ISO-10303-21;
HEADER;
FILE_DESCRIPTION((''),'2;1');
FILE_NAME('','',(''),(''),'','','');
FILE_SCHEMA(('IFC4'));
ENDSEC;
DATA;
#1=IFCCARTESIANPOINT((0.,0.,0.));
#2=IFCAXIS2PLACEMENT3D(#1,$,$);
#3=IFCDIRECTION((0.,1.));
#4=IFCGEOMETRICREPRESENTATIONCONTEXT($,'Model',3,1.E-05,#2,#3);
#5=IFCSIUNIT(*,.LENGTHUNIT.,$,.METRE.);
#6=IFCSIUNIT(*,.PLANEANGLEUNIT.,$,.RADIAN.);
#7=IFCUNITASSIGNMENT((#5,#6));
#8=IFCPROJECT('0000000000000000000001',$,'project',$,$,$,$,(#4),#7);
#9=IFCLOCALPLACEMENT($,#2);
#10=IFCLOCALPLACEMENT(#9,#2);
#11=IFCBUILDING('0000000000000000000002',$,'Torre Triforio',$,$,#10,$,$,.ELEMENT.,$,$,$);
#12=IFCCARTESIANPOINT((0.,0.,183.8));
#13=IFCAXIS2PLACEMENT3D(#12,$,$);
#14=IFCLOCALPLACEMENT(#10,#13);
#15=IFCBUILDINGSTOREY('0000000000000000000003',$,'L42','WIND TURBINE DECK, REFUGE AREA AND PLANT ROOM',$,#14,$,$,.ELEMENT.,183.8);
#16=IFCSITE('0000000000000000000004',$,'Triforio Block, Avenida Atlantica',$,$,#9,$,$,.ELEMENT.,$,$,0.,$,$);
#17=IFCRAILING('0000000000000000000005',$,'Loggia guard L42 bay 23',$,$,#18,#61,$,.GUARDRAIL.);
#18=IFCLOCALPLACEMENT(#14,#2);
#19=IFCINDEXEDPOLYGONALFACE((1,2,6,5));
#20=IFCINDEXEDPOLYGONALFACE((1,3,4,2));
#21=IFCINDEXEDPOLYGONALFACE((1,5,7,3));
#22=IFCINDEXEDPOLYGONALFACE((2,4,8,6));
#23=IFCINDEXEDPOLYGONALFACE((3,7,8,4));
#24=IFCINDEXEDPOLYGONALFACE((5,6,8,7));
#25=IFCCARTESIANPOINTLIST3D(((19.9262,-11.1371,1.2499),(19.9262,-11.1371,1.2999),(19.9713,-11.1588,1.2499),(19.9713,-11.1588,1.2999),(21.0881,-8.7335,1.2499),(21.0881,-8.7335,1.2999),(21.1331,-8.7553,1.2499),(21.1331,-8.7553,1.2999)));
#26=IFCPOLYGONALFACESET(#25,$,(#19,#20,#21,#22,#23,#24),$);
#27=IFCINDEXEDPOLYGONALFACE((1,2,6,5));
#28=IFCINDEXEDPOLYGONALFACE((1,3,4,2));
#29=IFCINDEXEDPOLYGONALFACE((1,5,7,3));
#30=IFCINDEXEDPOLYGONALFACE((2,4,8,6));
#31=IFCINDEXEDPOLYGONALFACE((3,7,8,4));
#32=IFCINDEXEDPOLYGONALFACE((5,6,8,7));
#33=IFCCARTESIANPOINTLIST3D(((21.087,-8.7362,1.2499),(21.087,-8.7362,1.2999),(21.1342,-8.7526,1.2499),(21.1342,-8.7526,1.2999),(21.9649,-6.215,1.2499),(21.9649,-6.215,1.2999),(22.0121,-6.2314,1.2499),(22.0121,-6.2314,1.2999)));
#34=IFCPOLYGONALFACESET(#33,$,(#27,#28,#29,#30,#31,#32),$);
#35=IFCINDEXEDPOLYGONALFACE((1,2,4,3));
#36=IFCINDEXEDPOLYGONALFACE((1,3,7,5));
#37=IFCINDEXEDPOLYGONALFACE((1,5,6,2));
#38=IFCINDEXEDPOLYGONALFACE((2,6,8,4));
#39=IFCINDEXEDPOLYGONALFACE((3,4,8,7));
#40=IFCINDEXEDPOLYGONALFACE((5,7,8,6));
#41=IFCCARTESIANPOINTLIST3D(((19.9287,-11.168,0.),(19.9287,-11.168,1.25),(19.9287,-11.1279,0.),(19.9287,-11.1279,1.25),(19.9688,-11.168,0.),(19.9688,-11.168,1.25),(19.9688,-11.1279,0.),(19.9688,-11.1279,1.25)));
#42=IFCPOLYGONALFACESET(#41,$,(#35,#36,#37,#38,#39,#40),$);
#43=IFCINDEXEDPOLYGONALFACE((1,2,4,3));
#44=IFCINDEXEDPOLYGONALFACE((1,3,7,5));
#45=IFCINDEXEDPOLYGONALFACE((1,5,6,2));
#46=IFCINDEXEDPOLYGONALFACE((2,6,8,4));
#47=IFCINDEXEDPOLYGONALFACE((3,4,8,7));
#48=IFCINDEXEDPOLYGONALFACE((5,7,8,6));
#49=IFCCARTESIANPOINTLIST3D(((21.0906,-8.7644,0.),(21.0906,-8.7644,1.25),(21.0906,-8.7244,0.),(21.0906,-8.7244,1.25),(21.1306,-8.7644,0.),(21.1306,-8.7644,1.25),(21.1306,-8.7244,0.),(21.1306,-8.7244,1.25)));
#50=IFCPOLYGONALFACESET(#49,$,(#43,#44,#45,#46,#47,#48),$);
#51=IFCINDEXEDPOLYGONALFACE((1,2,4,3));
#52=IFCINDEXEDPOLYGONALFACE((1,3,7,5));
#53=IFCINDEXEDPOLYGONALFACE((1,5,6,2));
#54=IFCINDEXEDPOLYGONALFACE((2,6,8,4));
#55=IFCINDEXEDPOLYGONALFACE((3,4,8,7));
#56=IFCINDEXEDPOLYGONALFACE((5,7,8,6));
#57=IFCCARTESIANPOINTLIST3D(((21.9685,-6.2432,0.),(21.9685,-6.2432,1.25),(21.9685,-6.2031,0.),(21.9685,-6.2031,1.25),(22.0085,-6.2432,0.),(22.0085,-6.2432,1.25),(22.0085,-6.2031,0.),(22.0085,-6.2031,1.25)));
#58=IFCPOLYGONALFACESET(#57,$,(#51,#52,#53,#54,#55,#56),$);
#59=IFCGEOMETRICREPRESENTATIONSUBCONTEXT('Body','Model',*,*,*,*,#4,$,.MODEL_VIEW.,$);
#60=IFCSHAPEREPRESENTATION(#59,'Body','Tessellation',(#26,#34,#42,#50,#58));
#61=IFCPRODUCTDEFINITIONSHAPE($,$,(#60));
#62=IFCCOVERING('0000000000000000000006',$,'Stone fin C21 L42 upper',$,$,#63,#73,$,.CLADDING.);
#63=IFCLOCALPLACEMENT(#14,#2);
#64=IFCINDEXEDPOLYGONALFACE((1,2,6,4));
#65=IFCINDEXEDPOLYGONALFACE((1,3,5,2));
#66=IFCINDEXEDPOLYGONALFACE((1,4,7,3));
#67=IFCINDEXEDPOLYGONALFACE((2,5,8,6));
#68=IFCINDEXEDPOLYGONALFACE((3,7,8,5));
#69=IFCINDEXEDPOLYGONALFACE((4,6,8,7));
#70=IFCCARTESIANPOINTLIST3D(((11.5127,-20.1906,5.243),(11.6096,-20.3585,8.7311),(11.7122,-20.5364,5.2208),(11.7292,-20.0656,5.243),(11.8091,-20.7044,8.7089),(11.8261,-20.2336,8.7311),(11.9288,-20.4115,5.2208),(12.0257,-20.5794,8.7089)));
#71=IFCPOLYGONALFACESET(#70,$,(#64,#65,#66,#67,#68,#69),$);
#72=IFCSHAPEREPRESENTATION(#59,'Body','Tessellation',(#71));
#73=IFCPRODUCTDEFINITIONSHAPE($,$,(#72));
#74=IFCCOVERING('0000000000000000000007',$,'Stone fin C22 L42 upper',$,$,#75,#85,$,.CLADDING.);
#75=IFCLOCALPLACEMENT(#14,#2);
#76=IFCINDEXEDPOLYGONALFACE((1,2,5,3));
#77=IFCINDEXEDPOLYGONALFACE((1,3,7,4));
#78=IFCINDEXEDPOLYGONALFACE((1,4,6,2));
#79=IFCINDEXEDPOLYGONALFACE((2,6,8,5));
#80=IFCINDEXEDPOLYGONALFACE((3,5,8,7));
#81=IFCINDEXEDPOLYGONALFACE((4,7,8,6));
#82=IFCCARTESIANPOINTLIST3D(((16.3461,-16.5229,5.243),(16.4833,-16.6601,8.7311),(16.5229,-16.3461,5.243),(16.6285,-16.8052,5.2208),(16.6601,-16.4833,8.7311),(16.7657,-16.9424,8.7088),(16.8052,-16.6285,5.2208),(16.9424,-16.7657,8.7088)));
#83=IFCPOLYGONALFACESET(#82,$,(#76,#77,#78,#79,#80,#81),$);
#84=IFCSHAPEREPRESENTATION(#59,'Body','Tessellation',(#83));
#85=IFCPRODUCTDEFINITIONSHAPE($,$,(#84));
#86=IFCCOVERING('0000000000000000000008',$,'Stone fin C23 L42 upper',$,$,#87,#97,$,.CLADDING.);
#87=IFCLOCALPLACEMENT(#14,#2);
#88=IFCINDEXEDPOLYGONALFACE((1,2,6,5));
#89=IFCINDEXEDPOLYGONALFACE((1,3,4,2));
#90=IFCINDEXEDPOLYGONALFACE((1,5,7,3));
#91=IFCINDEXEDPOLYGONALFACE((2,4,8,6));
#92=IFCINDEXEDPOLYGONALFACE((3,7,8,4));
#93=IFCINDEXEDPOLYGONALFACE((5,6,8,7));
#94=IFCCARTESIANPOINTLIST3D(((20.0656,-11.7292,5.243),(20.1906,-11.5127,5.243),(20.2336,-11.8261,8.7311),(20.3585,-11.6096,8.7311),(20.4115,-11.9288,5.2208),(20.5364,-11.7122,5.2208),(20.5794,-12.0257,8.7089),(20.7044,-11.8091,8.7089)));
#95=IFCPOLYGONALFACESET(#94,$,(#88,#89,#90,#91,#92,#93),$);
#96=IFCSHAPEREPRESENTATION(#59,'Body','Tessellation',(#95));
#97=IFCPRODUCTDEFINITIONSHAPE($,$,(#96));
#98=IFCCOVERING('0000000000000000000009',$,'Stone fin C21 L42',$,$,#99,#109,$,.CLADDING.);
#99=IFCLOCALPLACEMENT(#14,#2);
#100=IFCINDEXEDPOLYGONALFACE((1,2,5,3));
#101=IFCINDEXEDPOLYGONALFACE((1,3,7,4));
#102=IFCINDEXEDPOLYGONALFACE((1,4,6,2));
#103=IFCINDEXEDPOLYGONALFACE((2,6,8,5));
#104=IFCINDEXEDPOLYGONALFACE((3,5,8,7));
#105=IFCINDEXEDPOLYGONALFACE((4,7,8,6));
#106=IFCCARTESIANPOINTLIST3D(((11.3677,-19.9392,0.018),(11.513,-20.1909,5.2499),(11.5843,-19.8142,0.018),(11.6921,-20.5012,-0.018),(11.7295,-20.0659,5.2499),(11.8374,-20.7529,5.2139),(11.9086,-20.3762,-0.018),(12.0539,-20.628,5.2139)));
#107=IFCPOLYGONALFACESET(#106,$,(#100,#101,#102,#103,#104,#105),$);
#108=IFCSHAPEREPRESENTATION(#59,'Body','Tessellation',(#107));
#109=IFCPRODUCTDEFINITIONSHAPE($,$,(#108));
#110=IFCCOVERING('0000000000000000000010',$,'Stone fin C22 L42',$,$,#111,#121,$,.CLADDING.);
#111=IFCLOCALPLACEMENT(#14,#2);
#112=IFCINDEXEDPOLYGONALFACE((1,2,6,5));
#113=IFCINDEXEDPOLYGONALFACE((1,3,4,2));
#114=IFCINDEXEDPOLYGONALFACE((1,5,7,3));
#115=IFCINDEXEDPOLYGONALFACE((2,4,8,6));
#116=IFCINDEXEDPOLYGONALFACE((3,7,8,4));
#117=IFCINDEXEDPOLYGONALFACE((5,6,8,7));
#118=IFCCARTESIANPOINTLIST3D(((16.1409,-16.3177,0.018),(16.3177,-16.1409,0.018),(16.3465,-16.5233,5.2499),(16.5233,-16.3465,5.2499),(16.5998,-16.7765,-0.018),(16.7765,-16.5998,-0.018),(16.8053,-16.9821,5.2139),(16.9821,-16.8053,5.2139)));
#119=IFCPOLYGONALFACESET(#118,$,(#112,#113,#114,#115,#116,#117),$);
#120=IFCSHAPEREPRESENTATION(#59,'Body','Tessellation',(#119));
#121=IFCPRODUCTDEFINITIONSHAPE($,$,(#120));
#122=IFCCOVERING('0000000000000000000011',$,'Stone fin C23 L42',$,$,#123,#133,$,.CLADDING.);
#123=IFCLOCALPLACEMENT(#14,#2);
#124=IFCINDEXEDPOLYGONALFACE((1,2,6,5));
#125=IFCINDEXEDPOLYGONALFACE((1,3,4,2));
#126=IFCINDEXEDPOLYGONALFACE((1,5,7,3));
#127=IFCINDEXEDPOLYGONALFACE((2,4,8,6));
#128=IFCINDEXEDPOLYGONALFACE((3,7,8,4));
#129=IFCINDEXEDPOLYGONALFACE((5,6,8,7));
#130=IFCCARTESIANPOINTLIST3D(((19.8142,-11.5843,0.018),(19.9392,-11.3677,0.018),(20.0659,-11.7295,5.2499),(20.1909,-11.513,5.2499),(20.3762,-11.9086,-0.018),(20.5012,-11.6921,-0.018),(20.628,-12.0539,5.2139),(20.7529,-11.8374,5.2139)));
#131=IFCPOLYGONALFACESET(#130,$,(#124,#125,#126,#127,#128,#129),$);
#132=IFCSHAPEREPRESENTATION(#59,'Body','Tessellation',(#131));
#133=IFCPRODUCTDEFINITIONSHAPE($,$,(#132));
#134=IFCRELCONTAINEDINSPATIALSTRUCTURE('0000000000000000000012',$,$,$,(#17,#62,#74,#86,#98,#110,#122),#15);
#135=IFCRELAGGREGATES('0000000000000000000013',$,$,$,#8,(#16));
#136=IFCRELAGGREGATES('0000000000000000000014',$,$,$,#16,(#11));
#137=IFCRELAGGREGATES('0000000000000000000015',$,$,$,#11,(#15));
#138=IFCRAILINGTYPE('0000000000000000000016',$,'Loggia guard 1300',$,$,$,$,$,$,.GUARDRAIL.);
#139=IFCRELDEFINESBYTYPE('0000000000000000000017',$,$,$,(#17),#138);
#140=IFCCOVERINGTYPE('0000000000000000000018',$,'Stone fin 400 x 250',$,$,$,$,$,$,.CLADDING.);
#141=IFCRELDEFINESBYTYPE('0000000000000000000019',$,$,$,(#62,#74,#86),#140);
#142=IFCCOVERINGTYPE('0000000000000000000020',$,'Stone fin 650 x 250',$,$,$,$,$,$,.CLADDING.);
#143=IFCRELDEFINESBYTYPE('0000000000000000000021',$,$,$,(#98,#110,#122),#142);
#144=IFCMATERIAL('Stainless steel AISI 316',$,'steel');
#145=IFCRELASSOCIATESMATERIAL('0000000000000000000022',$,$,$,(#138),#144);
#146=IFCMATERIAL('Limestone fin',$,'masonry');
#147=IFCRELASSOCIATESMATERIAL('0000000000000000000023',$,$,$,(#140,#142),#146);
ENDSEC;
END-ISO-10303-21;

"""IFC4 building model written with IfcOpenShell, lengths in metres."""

from ifc_helpers import new_model, si_unit, direction, frame, origin, origin_2d, place, context, subcontext, project, spatial, rectangle, extrude, material, material_profile, profile_set, type_object, element, save


model = new_model("IFC4")

# Units and contexts
model_context = context("Model", 3, precision=1e-05, world=origin(), true_north=direction((0.0, 1.0)))
body_context = subcontext(model_context, "Body", "Model", "MODEL_VIEW")
ifc_project = project(units=[si_unit("LENGTHUNIT", "METRE"), si_unit("PLANEANGLEUNIT", "RADIAN")], contexts=[model_context])

# Site, building, storey
site_placement = place(None, origin())
site = spatial("IfcSite", under=ifc_project, at=site_placement, Name="Triforio Block, Avenida Atlantica", CompositionType="ELEMENT", RefElevation=0.0)
building_placement = place(site_placement, origin())
building = spatial("IfcBuilding", under=site, at=building_placement, Name="Torre Triforio", CompositionType="ELEMENT")
storey_placement = place(building_placement, frame((0.0, 0.0, 183.8)))
storey = spatial("IfcBuildingStorey", under=building, at=storey_placement, Name="L42", Description="WIND TURBINE DECK, REFUGE AREA AND PLANT ROOM", CompositionType="ELEMENT", Elevation=183.8)

# Railing
ifc_material_1 = material(Name="Stainless steel AISI 316", Category="steel")
railing_type = type_object("IfcRailingType", Name="Loggia guard 1300", PredefinedType="GUARDRAIL", material=ifc_material_1)
railing_1_placement = place(storey_placement, frame((19.9487, -11.1479, 0.0)))
element("IfcRailing", 1, at=railing_1_placement, inside=storey, type_object=railing_type, Name="Loggia guard L42 bay 23", PredefinedType="GUARDRAIL", context=body_context, shape_type="SweptSolid", body=[
    extrude(rectangle(XDim=0.05, YDim=0.05, at=origin_2d()), frame((0.0, 0.0, 1.2749), z_axis=(0.435212, 0.900328, 0.0), x_axis=(-0.900328, 0.435212, 0.0)), (0.0, 0.0, 1.0), 2.6697),
    extrude(rectangle(XDim=0.05, YDim=0.05, at=origin_2d()), frame((1.1619, 2.4036, 1.2749), z_axis=(0.328847, 0.944383, 0.0), x_axis=(-0.944383, 0.328847, 0.0)), (0.0, 0.0, 1.0), 2.6697),
    extrude(rectangle(XDim=0.04, YDim=0.04, at=origin_2d()), origin(), (0.0, 0.0, 1.0), 1.25),
    extrude(rectangle(XDim=0.04, YDim=0.04, at=origin_2d()), frame((1.1619, 2.4036, 0.0)), (0.0, 0.0, 1.0), 1.25),
    extrude(rectangle(XDim=0.04, YDim=0.04, at=origin_2d()), frame((2.0398, 4.9248, 0.0)), (0.0, 0.0, 1.0), 1.25),
])

# Coverings
ifc_material_2 = material(Name="Limestone fin", Category="masonry")
ifc_material_profile_1 = material_profile(ifc_material_2, rectangle(XDim=0.3999, YDim=0.25, at=origin_2d()), Name="FIN 400x250")
ifc_profile_set_1 = profile_set([ifc_material_profile_1], Name="Limestone fin")
covering_type_1 = type_object("IfcCoveringType", Name="Stone fin 400 x 250", PredefinedType="CLADDING", material=ifc_profile_set_1)
for number, where, z_axis, x_axis, name in (
    (2, (11.7207, -20.301, 5.2319), (0.027745, -0.048081, 0.998458), (-0.499024, 0.864808, 0.055512), "Stone fin C21 L42 upper"),
    (3, (16.5757, -16.5757, 5.2319), (0.039276, -0.039276, 0.998456), (-0.706015, 0.706015, 0.055544), "Stone fin C22 L42 upper"),
    (4, (20.301, -11.7207, 5.2319), (0.048081, -0.027745, 0.998458), (-0.864808, 0.499024, 0.055512), "Stone fin C23 L42 upper"),
):
    element("IfcCovering", number, at=place(storey_placement, frame(where, z_axis=z_axis, x_axis=x_axis)), inside=storey, type_object=covering_type_1, Name=name, PredefinedType="CLADDING", context=body_context, shape_type="SweptSolid", body=[
        extrude(rectangle(XDim=0.3999, YDim=0.25, at=origin_2d()), origin(), (0.0, 0.0, 1.0), 3.4934),
    ])
ifc_material_profile_2 = material_profile(ifc_material_2, rectangle(XDim=0.6499, YDim=0.25, at=origin_2d()), Name="FIN 650x250")
ifc_profile_set_2 = profile_set([ifc_material_profile_2], Name="Limestone fin")
covering_type_2 = type_object("IfcCoveringType", Name="Stone fin 650 x 250", PredefinedType="CLADDING", material=ifc_profile_set_2)
for number, where, z_axis, x_axis, name in (
    (5, (11.6382, -20.1577, 0.0), (0.027722, -0.048036, 0.998461), (-0.499074, 0.864783, 0.055462), "Stone fin C21 L42"),
    (6, (16.4587, -16.4587, 0.0), (0.03923, -0.03923, 0.99846), (-0.706018, 0.706018, 0.05548), "Stone fin C22 L42"),
    (7, (20.1577, -11.6382, 0.0), (0.048036, -0.027722, 0.998461), (-0.864783, 0.499074, 0.055462), "Stone fin C23 L42"),
):
    element("IfcCovering", number, at=place(storey_placement, frame(where, z_axis=z_axis, x_axis=x_axis)), inside=storey, type_object=covering_type_2, Name=name, PredefinedType="CLADDING", context=body_context, shape_type="SweptSolid", body=[
        extrude(rectangle(XDim=0.6499, YDim=0.25, at=origin_2d()), origin(), (0.0, 0.0, 1.0), 5.24),
    ])

save(model, "model.ifc")
